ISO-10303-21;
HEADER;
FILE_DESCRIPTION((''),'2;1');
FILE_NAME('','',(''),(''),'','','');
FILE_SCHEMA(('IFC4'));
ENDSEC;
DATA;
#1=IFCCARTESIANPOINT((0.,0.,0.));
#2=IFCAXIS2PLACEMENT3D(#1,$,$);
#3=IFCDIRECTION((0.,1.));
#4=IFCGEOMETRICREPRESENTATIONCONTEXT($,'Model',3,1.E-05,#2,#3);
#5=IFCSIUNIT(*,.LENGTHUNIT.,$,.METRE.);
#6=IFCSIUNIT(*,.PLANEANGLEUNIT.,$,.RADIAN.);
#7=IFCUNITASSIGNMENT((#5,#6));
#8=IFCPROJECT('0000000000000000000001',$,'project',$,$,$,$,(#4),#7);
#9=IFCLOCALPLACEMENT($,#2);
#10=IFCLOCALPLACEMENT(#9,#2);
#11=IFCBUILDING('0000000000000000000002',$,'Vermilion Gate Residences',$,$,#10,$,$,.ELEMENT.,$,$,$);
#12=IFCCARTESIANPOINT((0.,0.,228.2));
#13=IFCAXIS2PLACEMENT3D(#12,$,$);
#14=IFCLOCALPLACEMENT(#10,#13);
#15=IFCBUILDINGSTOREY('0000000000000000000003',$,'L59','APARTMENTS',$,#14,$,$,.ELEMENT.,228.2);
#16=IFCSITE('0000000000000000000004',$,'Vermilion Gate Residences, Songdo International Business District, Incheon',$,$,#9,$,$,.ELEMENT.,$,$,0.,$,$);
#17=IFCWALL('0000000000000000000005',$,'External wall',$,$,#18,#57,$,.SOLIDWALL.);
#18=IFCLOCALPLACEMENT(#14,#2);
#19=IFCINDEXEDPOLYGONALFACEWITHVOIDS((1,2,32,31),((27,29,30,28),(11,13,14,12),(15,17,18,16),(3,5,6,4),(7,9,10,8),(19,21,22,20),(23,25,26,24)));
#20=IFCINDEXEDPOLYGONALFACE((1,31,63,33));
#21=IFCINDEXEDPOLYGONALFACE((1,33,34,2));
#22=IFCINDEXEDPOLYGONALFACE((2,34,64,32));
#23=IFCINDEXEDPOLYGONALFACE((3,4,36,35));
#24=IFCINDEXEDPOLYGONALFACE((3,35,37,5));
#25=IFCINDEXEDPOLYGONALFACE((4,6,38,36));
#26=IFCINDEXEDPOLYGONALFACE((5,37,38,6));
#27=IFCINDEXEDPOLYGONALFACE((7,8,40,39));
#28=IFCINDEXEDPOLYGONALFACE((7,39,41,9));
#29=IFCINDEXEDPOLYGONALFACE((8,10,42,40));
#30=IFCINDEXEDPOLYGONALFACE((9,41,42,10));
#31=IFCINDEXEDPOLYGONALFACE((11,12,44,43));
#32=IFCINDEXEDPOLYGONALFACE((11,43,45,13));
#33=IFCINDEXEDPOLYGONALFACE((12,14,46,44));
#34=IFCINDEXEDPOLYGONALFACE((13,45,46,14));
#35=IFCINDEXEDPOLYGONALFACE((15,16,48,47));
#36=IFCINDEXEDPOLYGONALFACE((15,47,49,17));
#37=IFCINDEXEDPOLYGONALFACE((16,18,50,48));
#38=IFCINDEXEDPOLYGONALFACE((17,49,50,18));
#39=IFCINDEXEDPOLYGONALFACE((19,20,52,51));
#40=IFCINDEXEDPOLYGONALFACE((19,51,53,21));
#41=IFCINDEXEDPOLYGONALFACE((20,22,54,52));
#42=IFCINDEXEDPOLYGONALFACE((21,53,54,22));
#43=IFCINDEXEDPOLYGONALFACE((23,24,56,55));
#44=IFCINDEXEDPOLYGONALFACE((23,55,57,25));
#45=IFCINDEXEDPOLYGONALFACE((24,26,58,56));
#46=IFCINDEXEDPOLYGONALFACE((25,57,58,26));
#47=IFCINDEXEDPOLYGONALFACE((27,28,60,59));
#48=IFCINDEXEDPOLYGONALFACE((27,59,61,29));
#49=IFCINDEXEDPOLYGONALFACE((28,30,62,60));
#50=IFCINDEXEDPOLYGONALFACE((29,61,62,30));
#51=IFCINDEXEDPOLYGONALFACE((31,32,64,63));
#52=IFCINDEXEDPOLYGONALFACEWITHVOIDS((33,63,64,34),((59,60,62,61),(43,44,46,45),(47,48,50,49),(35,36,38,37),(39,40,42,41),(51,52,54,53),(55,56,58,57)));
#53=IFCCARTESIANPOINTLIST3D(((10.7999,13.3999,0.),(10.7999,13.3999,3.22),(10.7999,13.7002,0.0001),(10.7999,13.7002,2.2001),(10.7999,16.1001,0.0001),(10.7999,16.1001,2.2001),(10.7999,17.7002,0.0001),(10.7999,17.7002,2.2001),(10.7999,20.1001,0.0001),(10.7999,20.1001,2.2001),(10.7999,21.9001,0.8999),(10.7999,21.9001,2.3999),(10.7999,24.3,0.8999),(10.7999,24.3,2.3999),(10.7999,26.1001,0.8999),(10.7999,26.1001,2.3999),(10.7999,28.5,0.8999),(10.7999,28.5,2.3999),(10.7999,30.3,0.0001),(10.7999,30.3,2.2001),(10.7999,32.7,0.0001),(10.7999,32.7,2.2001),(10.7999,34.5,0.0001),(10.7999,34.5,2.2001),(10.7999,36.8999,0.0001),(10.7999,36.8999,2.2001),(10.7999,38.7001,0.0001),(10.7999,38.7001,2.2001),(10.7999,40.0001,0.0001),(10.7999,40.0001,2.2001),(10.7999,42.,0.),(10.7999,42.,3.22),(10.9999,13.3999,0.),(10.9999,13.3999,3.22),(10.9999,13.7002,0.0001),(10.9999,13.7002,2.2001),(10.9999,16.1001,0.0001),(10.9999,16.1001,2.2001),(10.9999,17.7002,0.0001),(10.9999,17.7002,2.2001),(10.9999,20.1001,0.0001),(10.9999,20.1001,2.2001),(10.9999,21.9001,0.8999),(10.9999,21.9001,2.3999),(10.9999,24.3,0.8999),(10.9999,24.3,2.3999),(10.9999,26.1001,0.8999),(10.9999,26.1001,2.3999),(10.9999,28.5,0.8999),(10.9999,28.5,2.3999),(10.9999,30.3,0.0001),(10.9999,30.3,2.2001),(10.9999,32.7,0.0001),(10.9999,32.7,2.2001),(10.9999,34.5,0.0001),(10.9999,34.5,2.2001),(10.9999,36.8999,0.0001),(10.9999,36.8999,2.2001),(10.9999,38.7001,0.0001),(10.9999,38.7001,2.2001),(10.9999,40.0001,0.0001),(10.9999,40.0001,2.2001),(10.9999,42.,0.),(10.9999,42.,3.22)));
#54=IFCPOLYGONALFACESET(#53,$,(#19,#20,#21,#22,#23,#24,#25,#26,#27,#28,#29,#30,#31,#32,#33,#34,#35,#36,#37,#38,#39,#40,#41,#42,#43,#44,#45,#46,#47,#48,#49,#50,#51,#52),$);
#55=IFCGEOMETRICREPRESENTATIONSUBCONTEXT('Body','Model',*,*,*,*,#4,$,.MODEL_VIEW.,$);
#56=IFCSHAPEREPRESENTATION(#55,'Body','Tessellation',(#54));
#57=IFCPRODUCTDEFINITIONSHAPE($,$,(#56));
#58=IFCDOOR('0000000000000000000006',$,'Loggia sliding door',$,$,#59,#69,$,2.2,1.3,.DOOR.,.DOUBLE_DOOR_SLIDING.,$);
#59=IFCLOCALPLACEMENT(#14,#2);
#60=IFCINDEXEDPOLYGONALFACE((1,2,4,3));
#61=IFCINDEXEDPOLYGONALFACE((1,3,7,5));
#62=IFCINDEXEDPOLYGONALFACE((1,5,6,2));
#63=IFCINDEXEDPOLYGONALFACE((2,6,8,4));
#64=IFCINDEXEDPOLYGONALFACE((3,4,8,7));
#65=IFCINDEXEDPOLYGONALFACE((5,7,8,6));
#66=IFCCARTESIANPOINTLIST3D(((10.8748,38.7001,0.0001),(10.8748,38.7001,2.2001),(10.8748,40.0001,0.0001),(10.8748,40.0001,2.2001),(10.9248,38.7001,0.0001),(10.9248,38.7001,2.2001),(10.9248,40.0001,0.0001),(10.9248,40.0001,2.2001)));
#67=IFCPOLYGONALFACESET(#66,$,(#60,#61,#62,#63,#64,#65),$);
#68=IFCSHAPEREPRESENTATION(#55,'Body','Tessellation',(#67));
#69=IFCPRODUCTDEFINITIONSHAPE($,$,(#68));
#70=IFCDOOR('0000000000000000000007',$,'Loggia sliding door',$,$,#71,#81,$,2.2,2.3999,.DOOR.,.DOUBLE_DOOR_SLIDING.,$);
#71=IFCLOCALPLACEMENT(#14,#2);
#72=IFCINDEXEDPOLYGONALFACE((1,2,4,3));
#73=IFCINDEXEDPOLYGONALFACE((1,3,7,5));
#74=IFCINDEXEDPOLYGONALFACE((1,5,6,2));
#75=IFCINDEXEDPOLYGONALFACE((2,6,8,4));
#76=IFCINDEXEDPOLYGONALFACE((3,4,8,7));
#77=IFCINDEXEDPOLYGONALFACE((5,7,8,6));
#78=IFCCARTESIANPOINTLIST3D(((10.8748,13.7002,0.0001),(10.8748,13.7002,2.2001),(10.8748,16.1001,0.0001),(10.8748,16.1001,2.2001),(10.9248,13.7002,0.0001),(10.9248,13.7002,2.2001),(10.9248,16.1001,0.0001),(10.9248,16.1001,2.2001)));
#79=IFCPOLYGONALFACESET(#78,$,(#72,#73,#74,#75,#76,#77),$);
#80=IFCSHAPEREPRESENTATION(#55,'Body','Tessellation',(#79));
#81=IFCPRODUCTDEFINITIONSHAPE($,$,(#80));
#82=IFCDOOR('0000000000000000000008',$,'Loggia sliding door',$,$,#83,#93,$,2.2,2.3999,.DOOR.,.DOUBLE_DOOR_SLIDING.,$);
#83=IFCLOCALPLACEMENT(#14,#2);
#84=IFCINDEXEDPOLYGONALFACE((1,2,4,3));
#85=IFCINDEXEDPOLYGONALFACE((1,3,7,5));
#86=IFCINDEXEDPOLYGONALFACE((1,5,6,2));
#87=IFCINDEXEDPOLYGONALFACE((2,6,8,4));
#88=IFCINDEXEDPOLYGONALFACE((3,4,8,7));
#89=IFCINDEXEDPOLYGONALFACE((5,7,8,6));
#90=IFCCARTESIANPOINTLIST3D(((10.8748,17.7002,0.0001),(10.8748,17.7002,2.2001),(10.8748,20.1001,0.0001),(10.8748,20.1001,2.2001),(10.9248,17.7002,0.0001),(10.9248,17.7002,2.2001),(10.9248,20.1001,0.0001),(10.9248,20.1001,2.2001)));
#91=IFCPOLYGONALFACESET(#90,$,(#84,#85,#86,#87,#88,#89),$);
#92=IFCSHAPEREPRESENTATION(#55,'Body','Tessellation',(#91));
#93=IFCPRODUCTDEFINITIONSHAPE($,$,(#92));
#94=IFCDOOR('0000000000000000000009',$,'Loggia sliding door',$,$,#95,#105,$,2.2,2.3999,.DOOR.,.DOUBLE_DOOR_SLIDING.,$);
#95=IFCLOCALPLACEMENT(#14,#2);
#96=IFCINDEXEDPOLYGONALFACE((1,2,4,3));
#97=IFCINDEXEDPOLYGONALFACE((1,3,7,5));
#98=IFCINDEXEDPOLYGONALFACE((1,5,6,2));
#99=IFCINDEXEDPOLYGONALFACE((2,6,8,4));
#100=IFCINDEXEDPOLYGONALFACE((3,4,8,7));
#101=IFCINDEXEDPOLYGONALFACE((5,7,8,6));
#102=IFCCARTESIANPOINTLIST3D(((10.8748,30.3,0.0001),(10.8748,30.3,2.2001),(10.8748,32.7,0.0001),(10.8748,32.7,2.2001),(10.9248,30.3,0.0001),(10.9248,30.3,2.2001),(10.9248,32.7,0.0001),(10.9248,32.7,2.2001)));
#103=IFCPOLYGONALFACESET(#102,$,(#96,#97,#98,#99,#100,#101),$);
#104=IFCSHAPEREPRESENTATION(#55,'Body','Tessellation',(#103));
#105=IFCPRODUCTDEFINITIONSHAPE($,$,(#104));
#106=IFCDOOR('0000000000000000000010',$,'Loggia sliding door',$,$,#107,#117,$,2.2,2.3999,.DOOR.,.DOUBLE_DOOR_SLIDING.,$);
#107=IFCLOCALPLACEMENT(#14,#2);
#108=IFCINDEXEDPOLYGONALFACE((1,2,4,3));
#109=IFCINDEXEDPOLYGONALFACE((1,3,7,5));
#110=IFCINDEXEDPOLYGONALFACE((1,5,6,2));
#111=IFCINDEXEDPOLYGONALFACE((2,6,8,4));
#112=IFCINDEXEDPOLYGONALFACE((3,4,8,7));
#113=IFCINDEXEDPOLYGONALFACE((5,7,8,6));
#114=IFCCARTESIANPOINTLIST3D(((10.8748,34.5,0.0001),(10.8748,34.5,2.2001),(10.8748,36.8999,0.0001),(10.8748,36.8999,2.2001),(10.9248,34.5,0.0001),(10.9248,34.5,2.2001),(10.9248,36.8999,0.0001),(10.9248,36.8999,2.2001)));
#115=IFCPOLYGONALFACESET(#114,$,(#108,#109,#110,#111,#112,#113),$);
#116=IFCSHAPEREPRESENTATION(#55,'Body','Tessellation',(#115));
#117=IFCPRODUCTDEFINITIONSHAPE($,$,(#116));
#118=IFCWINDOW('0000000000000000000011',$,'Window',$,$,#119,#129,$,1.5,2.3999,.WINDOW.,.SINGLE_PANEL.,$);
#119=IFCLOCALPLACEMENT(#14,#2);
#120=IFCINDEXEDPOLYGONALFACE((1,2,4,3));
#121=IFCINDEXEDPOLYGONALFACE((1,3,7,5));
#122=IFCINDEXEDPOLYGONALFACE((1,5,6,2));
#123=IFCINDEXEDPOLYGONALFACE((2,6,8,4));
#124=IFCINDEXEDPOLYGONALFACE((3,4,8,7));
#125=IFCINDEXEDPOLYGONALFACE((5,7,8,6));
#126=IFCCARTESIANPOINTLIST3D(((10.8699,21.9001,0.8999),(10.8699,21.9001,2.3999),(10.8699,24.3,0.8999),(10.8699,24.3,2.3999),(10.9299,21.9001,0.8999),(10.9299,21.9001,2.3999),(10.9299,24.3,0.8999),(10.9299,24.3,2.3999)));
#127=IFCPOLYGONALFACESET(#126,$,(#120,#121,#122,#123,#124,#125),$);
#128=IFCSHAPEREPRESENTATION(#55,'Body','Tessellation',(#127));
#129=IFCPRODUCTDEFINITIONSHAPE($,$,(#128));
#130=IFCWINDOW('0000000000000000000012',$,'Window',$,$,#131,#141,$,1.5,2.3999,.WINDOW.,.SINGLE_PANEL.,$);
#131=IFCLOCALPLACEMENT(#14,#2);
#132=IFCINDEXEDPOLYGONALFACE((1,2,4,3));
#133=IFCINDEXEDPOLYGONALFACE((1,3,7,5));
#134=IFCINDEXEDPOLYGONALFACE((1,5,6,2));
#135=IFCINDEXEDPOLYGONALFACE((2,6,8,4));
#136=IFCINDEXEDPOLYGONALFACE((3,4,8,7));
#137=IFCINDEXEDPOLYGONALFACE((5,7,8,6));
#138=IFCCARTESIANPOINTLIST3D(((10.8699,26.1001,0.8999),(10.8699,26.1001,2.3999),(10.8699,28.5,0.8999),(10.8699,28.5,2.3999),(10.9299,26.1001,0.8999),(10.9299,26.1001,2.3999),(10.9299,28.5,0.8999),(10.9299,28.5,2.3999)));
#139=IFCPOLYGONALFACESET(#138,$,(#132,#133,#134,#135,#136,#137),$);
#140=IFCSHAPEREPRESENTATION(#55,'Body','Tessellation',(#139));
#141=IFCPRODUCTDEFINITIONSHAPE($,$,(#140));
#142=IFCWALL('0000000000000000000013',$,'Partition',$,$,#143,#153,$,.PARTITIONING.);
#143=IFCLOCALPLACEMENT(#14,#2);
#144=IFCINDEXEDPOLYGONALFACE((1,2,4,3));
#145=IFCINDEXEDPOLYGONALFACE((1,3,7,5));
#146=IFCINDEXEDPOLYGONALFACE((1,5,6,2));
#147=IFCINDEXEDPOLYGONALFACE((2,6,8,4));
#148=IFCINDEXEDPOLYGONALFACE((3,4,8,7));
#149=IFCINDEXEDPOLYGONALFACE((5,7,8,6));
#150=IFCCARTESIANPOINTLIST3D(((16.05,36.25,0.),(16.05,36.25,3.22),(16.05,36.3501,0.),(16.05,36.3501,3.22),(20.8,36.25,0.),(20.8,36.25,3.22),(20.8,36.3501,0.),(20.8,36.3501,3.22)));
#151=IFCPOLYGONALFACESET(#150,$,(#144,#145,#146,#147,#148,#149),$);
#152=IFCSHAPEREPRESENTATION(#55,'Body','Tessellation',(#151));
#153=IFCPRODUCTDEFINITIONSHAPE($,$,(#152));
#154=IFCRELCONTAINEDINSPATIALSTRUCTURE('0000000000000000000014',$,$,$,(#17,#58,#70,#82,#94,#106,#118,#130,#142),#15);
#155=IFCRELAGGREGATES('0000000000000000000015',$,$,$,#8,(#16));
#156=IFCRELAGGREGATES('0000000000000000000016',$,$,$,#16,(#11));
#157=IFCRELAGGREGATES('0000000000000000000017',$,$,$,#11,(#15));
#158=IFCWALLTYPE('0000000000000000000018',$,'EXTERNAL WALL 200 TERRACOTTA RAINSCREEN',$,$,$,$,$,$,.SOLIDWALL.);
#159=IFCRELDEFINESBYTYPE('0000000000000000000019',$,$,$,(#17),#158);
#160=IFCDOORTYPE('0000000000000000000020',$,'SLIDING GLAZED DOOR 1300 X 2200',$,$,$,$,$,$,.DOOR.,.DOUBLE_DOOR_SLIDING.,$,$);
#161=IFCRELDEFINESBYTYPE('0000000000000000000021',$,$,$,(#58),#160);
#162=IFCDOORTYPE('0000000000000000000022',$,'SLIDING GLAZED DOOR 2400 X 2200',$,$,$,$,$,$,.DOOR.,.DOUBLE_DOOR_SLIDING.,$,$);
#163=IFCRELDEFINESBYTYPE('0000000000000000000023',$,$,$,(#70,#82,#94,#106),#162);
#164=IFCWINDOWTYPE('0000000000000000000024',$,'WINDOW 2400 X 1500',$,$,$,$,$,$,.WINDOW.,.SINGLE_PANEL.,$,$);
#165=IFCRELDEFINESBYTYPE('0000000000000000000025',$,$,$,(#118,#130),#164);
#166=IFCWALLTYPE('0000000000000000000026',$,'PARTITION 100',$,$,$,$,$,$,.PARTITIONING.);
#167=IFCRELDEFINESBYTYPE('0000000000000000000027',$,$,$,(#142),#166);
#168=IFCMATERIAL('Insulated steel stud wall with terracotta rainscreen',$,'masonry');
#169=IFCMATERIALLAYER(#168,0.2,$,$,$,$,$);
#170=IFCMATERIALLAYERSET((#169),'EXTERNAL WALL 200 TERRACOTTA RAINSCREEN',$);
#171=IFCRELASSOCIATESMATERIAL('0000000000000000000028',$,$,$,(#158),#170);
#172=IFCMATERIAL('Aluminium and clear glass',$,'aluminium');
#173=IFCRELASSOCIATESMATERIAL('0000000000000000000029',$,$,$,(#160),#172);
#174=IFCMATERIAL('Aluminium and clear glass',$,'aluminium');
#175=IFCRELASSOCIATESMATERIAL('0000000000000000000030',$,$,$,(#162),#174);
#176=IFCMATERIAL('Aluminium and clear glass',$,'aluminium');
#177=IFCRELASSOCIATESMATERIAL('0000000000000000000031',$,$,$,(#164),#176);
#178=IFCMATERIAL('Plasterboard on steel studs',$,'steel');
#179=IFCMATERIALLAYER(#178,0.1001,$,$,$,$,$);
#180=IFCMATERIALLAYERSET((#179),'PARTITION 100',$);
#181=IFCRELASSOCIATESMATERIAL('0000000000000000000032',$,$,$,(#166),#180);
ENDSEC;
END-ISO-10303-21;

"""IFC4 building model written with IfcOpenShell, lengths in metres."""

from ifc_helpers import new_model, si_unit, direction, frame, frame_2d, origin, place, context, subcontext, project, spatial, rectangle, extrude, material, layer, layer_set, type_object, element, fill, save


model = new_model("IFC4")

# Units and contexts
model_context = context("Model", 3, precision=1e-05, world=origin(), true_north=direction((0.0, 1.0)))
body_context = subcontext(model_context, "Body", "Model", "MODEL_VIEW")
ifc_project = project(units=[si_unit("LENGTHUNIT", "METRE"), si_unit("PLANEANGLEUNIT", "RADIAN")], contexts=[model_context])

# Site, building, storey
site_placement = place(None, origin())
site = spatial("IfcSite", under=ifc_project, at=site_placement, Name="Vermilion Gate Residences, Songdo International Business District, Incheon", CompositionType="ELEMENT", RefElevation=0.0)
building_placement = place(site_placement, origin())
building = spatial("IfcBuilding", under=site, at=building_placement, Name="Vermilion Gate Residences", CompositionType="ELEMENT")
storey_placement = place(building_placement, frame((0.0, 0.0, 228.2)))
storey = spatial("IfcBuildingStorey", under=building, at=storey_placement, Name="L59", Description="APARTMENTS", CompositionType="ELEMENT", Elevation=228.2)

# Wall, openings, doors, windows
ifc_material_1 = material(Name="Insulated steel stud wall with terracotta rainscreen", Category="masonry")
ifc_layer_1 = layer(ifc_material_1, 0.2)
ifc_layer_set_1 = layer_set([ifc_layer_1], Name="EXTERNAL WALL 200 TERRACOTTA RAINSCREEN")
wall_type_1 = type_object("IfcWallType", Name="EXTERNAL WALL 200 TERRACOTTA RAINSCREEN", PredefinedType="SOLIDWALL", material=ifc_layer_set_1)
wall_1_placement = place(storey_placement, frame((10.8999, 42.0, 0.0), z_axis=(0.0, 0.0, 1.0), x_axis=(0.0, -1.0, 0.0)))
wall_1 = element("IfcWall", 1, at=wall_1_placement, inside=storey, type_object=wall_type_1, Name="External wall", PredefinedType="SOLIDWALL", context=body_context, shape_type="SweptSolid", body=[
    extrude(rectangle(XDim=28.6001, YDim=0.2, at=frame_2d((14.3, 0.0))), origin(), (0.0, 0.0, 1.0), 3.22),
])
opening_1_placement = place(wall_1_placement, frame((25.8999, 0.0, 0.0)))
opening_1 = element("IfcOpeningElement", 2, at=opening_1_placement, cuts=wall_1, PredefinedType="OPENING", context=body_context, shape_type="SweptSolid", body=[
    extrude(rectangle(XDim=2.3999, YDim=2.2, at=frame_2d((1.2, 1.1001))), frame((0.0, 0.1099, 0.0), z_axis=(0.0, -1.0, 0.0), x_axis=(1.0, 0.0, 0.0)), (0.0, 0.0, 1.0), 0.22),
])
opening_2_placement = place(wall_1_placement, frame((21.8999, 0.0, 0.0)))
opening_2 = element("IfcOpeningElement", 3, at=opening_2_placement, cuts=wall_1, PredefinedType="OPENING", context=body_context, shape_type="SweptSolid", body=[
    extrude(rectangle(XDim=2.3999, YDim=2.2, at=frame_2d((1.2, 1.1001))), frame((0.0, 0.1099, 0.0), z_axis=(0.0, -1.0, 0.0), x_axis=(1.0, 0.0, 0.0)), (0.0, 0.0, 1.0), 0.22),
])
opening_3_placement = place(wall_1_placement, frame((17.7, 0.0, 0.8999)))
opening_3 = element("IfcOpeningElement", 4, at=opening_3_placement, cuts=wall_1, PredefinedType="OPENING", context=body_context, shape_type="SweptSolid", body=[
    extrude(rectangle(XDim=2.3999, YDim=1.5, at=frame_2d((1.2, 0.75))), frame((0.0, 0.1099, 0.0), z_axis=(0.0, -1.0, 0.0), x_axis=(1.0, 0.0, 0.0)), (0.0, 0.0, 1.0), 0.22),
])
opening_4_placement = place(wall_1_placement, frame((13.5, 0.0, 0.8999)))
opening_4 = element("IfcOpeningElement", 5, at=opening_4_placement, cuts=wall_1, PredefinedType="OPENING", context=body_context, shape_type="SweptSolid", body=[
    extrude(rectangle(XDim=2.3999, YDim=1.5, at=frame_2d((1.2, 0.75))), frame((0.0, 0.1099, 0.0), z_axis=(0.0, -1.0, 0.0), x_axis=(1.0, 0.0, 0.0)), (0.0, 0.0, 1.0), 0.22),
])
opening_5_placement = place(wall_1_placement, frame((9.3, 0.0, 0.0)))
opening_5 = element("IfcOpeningElement", 6, at=opening_5_placement, cuts=wall_1, PredefinedType="OPENING", context=body_context, shape_type="SweptSolid", body=[
    extrude(rectangle(XDim=2.3999, YDim=2.2, at=frame_2d((1.2, 1.1001))), frame((0.0, 0.1099, 0.0), z_axis=(0.0, -1.0, 0.0), x_axis=(1.0, 0.0, 0.0)), (0.0, 0.0, 1.0), 0.22),
])
opening_6_placement = place(wall_1_placement, frame((5.1001, 0.0, 0.0)))
opening_6 = element("IfcOpeningElement", 7, at=opening_6_placement, cuts=wall_1, PredefinedType="OPENING", context=body_context, shape_type="SweptSolid", body=[
    extrude(rectangle(XDim=2.3999, YDim=2.2, at=frame_2d((1.2, 1.1001))), frame((0.0, 0.1099, 0.0), z_axis=(0.0, -1.0, 0.0), x_axis=(1.0, 0.0, 0.0)), (0.0, 0.0, 1.0), 0.22),
])
opening_7_placement = place(wall_1_placement, frame((2.0, 0.0, 0.0)))
opening_7 = element("IfcOpeningElement", 8, at=opening_7_placement, cuts=wall_1, PredefinedType="OPENING", context=body_context, shape_type="SweptSolid", body=[
    extrude(rectangle(XDim=1.3, YDim=2.2, at=frame_2d((0.6499, 1.1001))), frame((0.0, 0.1099, 0.0), z_axis=(0.0, -1.0, 0.0), x_axis=(1.0, 0.0, 0.0)), (0.0, 0.0, 1.0), 0.22),
])
ifc_material_2 = material(Name="Aluminium and clear glass", Category="aluminium")
door_type_1 = type_object("IfcDoorType", Name="SLIDING GLAZED DOOR 1300 X 2200", OperationType="DOUBLE_DOOR_SLIDING", PredefinedType="DOOR", material=ifc_material_2)
door_1_placement = place(opening_7_placement, origin())
door_1 = element("IfcDoor", 9, at=door_1_placement, inside=storey, type_object=door_type_1, Name="Loggia sliding door", OperationType="DOUBLE_DOOR_SLIDING", OverallHeight=2.2, OverallWidth=1.3, PredefinedType="DOOR", context=body_context, shape_type="SweptSolid", body=[
    extrude(rectangle(XDim=1.3, YDim=2.2, at=frame_2d((0.6499, 1.1001))), frame((0.0, 0.0249, 0.0), z_axis=(0.0, -1.0, 0.0), x_axis=(1.0, 0.0, 0.0)), (0.0, 0.0, 1.0), 0.05),
])
fill(opening_7, door_1)
ifc_material_3 = material(Name="Aluminium and clear glass", Category="aluminium")
door_type_2 = type_object("IfcDoorType", Name="SLIDING GLAZED DOOR 2400 X 2200", OperationType="DOUBLE_DOOR_SLIDING", PredefinedType="DOOR", material=ifc_material_3)
door_2_placement = place(opening_1_placement, origin())
door_2 = element("IfcDoor", 10, at=door_2_placement, inside=storey, type_object=door_type_2, Name="Loggia sliding door", OperationType="DOUBLE_DOOR_SLIDING", OverallHeight=2.2, OverallWidth=2.3999, PredefinedType="DOOR", context=body_context, shape_type="SweptSolid", body=[
    extrude(rectangle(XDim=2.3999, YDim=2.2, at=frame_2d((1.2, 1.1001))), frame((0.0, 0.0249, 0.0), z_axis=(0.0, -1.0, 0.0), x_axis=(1.0, 0.0, 0.0)), (0.0, 0.0, 1.0), 0.05),
])
fill(opening_1, door_2)
door_3_placement = place(opening_2_placement, origin())
door_3 = element("IfcDoor", 11, at=door_3_placement, inside=storey, type_object=door_type_2, Name="Loggia sliding door", OperationType="DOUBLE_DOOR_SLIDING", OverallHeight=2.2, OverallWidth=2.3999, PredefinedType="DOOR", context=body_context, shape_type="SweptSolid", body=[
    extrude(rectangle(XDim=2.3999, YDim=2.2, at=frame_2d((1.2, 1.1001))), frame((0.0, 0.0249, 0.0), z_axis=(0.0, -1.0, 0.0), x_axis=(1.0, 0.0, 0.0)), (0.0, 0.0, 1.0), 0.05),
])
fill(opening_2, door_3)
door_4_placement = place(opening_5_placement, origin())
door_4 = element("IfcDoor", 12, at=door_4_placement, inside=storey, type_object=door_type_2, Name="Loggia sliding door", OperationType="DOUBLE_DOOR_SLIDING", OverallHeight=2.2, OverallWidth=2.3999, PredefinedType="DOOR", context=body_context, shape_type="SweptSolid", body=[
    extrude(rectangle(XDim=2.3999, YDim=2.2, at=frame_2d((1.2, 1.1001))), frame((0.0, 0.0249, 0.0), z_axis=(0.0, -1.0, 0.0), x_axis=(1.0, 0.0, 0.0)), (0.0, 0.0, 1.0), 0.05),
])
fill(opening_5, door_4)
door_5_placement = place(opening_6_placement, origin())
door_5 = element("IfcDoor", 13, at=door_5_placement, inside=storey, type_object=door_type_2, Name="Loggia sliding door", OperationType="DOUBLE_DOOR_SLIDING", OverallHeight=2.2, OverallWidth=2.3999, PredefinedType="DOOR", context=body_context, shape_type="SweptSolid", body=[
    extrude(rectangle(XDim=2.3999, YDim=2.2, at=frame_2d((1.2, 1.1001))), frame((0.0, 0.0249, 0.0), z_axis=(0.0, -1.0, 0.0), x_axis=(1.0, 0.0, 0.0)), (0.0, 0.0, 1.0), 0.05),
])
fill(opening_6, door_5)
ifc_material_4 = material(Name="Aluminium and clear glass", Category="aluminium")
window_type = type_object("IfcWindowType", Name="WINDOW 2400 X 1500", PartitioningType="SINGLE_PANEL", PredefinedType="WINDOW", material=ifc_material_4)
window_1_placement = place(opening_3_placement, origin())
window_1 = element("IfcWindow", 14, at=window_1_placement, inside=storey, type_object=window_type, Name="Window", OverallHeight=1.5, OverallWidth=2.3999, PartitioningType="SINGLE_PANEL", PredefinedType="WINDOW", context=body_context, shape_type="SweptSolid", body=[
    extrude(rectangle(XDim=2.3999, YDim=1.5, at=frame_2d((1.2, 0.75))), frame((0.0, 0.03, 0.0), z_axis=(0.0, -1.0, 0.0), x_axis=(1.0, 0.0, 0.0)), (0.0, 0.0, 1.0), 0.0601),
])
fill(opening_3, window_1)
window_2_placement = place(opening_4_placement, origin())
window_2 = element("IfcWindow", 15, at=window_2_placement, inside=storey, type_object=window_type, Name="Window", OverallHeight=1.5, OverallWidth=2.3999, PartitioningType="SINGLE_PANEL", PredefinedType="WINDOW", context=body_context, shape_type="SweptSolid", body=[
    extrude(rectangle(XDim=2.3999, YDim=1.5, at=frame_2d((1.2, 0.75))), frame((0.0, 0.03, 0.0), z_axis=(0.0, -1.0, 0.0), x_axis=(1.0, 0.0, 0.0)), (0.0, 0.0, 1.0), 0.0601),
])
fill(opening_4, window_2)

# Wall
ifc_material_5 = material(Name="Plasterboard on steel studs", Category="steel")
ifc_layer_2 = layer(ifc_material_5, 0.1001)
ifc_layer_set_2 = layer_set([ifc_layer_2], Name="PARTITION 100")
wall_type_2 = type_object("IfcWallType", Name="PARTITION 100", PredefinedType="PARTITIONING", material=ifc_layer_set_2)
wall_2_placement = place(storey_placement, frame((16.05, 36.3, 0.0), z_axis=(0.0, 0.0, 1.0), x_axis=(1.0, 0.0, 0.0)))
element("IfcWall", 16, at=wall_2_placement, inside=storey, type_object=wall_type_2, Name="Partition", PredefinedType="PARTITIONING", context=body_context, shape_type="SweptSolid", body=[
    extrude(rectangle(XDim=4.75, YDim=0.1001, at=frame_2d((2.375, 0.0))), origin(), (0.0, 0.0, 1.0), 3.22),
])

save(model, "model.ifc")
